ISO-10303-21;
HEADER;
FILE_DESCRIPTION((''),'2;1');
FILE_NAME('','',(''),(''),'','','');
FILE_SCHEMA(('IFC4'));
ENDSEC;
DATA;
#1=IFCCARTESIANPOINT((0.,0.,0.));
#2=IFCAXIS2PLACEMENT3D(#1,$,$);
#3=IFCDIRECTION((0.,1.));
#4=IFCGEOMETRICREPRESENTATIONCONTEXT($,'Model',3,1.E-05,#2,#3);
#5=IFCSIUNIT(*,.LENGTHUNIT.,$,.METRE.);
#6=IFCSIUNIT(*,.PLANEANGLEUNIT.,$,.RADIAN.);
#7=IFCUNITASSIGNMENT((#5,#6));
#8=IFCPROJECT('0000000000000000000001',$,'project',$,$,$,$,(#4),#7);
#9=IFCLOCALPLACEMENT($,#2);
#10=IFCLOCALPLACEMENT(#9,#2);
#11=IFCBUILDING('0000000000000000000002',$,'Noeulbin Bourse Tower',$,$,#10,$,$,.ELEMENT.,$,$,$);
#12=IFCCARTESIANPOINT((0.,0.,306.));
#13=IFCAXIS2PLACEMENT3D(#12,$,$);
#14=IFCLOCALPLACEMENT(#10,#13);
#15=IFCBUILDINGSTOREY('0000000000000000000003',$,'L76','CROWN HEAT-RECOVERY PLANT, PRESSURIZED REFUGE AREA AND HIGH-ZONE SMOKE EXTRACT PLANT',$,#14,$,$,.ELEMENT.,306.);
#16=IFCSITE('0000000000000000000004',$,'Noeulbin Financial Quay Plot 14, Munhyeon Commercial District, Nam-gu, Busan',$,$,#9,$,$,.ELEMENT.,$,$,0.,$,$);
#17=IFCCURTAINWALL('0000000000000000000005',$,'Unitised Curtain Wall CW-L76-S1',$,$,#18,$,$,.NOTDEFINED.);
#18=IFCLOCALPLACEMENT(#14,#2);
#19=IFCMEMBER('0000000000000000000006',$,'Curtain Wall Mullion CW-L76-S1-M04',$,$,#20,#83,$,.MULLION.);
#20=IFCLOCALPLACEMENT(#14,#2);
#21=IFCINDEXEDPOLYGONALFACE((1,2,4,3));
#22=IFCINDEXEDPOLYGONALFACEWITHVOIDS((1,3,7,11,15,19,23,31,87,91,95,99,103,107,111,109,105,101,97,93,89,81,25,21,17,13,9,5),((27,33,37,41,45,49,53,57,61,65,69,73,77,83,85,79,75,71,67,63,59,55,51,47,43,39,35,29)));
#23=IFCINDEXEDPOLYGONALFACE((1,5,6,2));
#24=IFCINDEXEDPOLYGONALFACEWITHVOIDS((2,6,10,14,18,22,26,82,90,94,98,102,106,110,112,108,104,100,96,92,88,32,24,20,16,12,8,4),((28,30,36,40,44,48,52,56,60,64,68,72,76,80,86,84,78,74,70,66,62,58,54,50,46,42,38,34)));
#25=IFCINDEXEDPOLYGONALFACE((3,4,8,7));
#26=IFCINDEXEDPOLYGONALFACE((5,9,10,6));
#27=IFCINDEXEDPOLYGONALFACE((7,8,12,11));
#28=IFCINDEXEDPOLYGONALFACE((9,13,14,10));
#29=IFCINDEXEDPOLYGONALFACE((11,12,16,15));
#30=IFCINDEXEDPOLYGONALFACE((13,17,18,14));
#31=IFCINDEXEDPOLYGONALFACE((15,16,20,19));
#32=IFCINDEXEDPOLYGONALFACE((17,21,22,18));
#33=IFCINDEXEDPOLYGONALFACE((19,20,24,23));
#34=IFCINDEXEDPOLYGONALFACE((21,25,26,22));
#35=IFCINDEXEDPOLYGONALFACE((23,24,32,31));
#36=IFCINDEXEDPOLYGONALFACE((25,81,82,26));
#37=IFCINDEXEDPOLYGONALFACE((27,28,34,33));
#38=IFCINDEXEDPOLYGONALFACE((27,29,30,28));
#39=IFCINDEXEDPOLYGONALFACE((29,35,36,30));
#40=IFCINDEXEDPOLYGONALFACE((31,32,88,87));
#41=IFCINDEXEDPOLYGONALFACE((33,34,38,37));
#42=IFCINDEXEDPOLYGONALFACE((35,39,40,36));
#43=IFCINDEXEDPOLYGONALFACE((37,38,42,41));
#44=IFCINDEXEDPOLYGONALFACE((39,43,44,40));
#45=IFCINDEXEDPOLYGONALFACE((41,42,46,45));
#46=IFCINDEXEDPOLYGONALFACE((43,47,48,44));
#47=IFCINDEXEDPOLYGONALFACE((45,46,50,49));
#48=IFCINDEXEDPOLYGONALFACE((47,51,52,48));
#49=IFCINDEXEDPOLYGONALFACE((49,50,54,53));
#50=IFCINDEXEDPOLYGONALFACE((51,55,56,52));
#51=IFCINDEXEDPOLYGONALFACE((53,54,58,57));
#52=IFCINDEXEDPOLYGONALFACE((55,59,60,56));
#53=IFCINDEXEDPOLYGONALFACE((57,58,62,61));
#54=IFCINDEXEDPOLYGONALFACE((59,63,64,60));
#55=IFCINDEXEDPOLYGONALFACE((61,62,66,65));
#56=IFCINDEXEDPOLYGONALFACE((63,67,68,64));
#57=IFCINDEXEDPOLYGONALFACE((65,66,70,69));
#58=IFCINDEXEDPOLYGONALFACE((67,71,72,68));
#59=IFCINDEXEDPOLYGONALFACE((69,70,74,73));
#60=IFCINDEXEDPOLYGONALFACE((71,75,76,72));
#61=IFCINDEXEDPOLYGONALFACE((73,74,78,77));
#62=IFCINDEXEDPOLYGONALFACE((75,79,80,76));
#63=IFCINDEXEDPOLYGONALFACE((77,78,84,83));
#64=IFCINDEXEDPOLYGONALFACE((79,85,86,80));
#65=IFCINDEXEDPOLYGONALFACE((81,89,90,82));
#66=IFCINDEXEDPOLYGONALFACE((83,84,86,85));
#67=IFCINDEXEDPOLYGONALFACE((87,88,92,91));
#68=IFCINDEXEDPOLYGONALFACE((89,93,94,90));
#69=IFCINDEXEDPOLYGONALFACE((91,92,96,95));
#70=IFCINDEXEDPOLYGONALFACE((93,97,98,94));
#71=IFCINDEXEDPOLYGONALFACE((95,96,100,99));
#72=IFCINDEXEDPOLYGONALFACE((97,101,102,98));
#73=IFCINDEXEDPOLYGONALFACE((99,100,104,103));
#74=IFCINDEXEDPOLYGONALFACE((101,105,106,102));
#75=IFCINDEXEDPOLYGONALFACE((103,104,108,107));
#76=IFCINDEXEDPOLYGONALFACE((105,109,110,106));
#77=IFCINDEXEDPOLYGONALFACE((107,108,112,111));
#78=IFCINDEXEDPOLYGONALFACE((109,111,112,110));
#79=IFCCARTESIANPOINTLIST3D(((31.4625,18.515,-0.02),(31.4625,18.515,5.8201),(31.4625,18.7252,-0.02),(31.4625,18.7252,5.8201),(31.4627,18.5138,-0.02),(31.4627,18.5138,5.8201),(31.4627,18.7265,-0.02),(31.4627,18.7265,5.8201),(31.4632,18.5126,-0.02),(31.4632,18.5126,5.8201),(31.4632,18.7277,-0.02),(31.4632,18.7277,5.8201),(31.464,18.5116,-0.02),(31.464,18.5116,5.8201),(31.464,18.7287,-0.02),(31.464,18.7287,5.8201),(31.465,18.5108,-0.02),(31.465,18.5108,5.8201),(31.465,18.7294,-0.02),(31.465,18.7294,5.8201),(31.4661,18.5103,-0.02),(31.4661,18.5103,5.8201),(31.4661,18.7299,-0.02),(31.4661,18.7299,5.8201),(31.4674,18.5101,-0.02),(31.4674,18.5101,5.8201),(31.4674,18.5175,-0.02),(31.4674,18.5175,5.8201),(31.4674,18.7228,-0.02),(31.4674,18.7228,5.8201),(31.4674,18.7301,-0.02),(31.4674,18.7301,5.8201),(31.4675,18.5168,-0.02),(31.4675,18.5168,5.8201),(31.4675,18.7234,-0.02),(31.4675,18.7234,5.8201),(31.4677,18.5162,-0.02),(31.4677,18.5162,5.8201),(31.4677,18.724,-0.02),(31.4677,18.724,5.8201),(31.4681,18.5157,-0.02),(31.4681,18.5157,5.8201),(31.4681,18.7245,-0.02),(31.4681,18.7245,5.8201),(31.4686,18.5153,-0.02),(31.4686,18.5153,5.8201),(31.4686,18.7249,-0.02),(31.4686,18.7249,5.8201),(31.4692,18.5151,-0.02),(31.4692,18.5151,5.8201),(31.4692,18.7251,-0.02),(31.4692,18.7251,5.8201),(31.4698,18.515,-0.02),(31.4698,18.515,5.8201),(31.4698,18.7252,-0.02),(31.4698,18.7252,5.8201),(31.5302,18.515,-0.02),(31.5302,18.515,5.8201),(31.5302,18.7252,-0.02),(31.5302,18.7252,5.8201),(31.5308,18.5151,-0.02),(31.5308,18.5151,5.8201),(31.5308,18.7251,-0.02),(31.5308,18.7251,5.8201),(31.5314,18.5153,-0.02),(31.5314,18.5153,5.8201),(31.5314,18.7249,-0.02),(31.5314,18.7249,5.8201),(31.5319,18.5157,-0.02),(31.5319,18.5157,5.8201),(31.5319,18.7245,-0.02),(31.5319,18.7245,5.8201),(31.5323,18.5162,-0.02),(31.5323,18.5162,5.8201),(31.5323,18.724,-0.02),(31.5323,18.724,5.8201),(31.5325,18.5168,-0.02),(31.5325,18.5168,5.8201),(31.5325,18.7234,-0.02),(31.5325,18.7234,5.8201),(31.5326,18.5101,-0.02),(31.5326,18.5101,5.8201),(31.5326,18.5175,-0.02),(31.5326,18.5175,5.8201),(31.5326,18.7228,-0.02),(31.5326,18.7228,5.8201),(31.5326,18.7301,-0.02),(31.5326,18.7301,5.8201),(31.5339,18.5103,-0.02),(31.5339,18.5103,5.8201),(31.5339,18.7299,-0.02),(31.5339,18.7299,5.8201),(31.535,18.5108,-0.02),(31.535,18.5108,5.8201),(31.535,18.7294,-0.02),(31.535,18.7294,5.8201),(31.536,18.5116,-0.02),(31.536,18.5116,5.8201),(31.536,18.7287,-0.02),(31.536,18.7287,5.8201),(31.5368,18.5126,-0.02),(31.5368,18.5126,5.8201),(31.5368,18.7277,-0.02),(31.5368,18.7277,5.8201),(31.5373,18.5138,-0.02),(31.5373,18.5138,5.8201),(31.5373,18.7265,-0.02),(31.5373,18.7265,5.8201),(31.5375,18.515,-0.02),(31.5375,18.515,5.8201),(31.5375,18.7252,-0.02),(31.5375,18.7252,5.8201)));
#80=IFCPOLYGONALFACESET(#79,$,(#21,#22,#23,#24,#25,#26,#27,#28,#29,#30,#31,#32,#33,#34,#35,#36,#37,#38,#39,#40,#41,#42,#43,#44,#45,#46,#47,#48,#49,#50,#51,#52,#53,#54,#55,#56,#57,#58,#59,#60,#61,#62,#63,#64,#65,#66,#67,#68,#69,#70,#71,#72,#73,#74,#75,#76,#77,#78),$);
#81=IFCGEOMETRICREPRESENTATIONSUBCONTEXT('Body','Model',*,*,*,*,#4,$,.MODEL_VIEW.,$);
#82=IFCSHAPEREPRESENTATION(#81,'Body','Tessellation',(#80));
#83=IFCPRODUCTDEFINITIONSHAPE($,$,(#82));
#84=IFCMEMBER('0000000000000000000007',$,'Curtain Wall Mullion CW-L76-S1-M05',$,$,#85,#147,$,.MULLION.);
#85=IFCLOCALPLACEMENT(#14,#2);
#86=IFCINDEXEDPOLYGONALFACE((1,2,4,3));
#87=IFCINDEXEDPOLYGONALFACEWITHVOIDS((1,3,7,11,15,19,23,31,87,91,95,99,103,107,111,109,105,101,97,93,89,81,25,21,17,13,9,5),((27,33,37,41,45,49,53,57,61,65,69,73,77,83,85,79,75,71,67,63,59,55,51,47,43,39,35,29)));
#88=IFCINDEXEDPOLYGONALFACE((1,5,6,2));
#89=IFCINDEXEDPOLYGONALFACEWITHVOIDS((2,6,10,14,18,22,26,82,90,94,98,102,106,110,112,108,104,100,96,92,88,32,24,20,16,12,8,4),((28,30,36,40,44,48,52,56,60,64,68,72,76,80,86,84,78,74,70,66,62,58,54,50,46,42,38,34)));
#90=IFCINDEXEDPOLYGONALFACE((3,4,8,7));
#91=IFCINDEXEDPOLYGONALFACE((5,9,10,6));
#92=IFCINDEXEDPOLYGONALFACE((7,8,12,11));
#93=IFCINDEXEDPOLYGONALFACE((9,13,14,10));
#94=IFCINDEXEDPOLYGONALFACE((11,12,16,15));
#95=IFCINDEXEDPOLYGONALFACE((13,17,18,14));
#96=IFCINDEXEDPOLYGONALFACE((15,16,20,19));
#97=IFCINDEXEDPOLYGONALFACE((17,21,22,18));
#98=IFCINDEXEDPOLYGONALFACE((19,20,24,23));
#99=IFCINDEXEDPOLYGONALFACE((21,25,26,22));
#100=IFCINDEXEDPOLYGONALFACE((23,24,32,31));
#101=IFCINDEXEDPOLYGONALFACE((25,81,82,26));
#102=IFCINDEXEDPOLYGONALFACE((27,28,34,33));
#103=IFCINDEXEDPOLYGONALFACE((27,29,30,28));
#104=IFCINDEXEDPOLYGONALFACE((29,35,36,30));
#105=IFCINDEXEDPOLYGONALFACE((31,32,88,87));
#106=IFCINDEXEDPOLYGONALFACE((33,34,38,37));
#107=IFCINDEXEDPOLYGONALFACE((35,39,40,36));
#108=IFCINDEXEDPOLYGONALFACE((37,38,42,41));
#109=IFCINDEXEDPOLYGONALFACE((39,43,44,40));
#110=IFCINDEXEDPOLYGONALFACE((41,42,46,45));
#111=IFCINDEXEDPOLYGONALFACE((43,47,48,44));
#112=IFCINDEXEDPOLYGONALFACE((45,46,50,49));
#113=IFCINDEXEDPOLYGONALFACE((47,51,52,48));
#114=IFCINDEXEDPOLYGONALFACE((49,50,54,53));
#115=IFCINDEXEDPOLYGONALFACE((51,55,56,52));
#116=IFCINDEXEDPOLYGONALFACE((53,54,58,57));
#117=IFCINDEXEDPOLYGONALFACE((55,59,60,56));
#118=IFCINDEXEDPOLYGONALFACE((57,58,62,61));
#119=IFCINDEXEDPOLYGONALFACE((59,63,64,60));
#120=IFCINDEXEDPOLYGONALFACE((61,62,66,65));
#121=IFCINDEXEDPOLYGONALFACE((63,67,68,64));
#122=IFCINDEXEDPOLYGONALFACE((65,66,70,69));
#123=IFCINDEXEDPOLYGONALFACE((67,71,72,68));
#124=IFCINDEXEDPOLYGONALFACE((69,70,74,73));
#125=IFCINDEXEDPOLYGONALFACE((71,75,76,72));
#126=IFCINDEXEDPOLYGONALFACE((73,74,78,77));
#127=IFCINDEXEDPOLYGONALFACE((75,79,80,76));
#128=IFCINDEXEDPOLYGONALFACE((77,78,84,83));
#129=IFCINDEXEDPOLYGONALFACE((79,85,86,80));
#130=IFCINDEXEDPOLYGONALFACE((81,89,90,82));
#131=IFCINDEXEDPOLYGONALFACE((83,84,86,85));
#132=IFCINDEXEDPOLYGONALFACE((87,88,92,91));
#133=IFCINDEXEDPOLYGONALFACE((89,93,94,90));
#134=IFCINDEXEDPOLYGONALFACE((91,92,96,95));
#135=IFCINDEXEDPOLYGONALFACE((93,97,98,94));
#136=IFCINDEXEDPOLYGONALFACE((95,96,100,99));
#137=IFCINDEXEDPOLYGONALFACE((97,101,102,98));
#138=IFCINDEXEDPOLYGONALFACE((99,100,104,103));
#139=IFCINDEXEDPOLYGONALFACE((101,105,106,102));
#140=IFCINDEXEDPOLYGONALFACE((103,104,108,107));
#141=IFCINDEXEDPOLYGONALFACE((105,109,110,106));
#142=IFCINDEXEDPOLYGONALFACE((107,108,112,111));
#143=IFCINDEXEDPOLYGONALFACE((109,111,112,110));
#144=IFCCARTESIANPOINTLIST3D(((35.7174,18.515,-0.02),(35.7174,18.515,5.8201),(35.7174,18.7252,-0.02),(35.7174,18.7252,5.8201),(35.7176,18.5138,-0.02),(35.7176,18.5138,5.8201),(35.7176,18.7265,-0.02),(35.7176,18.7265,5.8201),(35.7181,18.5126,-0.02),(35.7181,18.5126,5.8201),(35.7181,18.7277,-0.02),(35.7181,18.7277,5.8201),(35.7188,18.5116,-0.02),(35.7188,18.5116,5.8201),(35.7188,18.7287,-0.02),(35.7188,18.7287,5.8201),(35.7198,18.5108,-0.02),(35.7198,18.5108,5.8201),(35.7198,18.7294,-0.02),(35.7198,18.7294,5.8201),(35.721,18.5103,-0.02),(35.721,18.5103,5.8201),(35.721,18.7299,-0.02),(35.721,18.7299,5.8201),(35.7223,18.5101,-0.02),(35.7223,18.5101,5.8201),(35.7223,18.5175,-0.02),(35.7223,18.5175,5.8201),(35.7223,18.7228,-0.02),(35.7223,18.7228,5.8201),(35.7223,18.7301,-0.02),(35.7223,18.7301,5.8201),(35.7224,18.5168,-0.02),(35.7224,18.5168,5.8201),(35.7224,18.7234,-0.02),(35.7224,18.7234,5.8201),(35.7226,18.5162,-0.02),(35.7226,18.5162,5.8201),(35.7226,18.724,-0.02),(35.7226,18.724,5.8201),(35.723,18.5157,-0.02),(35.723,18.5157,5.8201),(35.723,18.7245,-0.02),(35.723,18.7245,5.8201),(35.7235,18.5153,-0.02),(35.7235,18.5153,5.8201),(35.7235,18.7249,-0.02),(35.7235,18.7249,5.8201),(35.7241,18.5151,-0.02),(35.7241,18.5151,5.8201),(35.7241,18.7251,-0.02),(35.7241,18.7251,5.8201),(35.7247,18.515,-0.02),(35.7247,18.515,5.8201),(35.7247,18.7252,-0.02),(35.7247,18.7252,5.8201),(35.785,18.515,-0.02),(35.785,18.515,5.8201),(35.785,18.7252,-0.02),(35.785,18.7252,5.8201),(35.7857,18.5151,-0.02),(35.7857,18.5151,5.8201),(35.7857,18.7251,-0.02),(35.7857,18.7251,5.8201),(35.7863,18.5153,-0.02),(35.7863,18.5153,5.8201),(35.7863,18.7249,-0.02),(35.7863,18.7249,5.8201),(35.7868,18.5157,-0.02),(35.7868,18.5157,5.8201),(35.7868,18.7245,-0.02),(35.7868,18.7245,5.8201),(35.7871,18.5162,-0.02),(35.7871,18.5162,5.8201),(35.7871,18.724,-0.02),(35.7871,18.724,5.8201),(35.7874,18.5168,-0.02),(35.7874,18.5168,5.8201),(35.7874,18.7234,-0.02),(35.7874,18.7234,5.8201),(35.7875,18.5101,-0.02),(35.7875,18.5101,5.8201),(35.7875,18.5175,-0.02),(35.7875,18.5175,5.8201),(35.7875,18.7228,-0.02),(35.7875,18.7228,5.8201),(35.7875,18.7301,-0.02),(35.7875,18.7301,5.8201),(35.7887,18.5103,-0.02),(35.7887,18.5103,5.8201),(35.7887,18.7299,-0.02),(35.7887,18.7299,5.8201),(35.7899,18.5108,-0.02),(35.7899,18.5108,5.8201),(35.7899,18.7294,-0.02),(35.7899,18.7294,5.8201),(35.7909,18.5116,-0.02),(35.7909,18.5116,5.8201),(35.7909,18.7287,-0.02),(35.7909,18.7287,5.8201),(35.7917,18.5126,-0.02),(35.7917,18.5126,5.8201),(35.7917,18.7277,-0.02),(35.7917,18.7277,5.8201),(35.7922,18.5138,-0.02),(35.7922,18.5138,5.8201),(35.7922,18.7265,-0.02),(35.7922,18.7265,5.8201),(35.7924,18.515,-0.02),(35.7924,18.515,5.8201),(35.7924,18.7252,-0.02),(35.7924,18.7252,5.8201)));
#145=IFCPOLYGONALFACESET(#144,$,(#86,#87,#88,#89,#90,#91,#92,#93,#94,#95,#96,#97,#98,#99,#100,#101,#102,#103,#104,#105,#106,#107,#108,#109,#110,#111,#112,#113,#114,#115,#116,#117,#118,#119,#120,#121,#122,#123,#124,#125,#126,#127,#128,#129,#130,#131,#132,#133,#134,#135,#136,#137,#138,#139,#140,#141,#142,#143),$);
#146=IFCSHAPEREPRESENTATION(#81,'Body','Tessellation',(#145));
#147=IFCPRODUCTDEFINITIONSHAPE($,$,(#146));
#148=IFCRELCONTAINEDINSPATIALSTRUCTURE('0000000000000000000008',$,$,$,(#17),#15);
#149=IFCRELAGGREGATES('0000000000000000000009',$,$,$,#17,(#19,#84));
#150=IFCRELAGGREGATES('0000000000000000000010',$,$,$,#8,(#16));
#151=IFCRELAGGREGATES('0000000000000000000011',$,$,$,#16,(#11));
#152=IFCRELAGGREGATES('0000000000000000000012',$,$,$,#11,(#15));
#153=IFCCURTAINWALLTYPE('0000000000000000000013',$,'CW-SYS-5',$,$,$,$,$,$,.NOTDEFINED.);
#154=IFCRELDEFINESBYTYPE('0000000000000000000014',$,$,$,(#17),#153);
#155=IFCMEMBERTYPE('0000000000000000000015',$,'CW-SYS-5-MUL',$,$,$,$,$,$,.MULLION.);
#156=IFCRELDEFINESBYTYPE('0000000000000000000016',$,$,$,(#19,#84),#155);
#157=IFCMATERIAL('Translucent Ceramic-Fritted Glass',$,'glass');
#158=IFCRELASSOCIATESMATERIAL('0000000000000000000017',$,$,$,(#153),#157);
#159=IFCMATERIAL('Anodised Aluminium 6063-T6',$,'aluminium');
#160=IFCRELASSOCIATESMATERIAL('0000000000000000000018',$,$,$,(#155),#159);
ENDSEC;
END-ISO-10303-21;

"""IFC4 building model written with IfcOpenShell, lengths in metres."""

from ifc_helpers import new_model, si_unit, direction, frame, origin, origin_2d, place, context, subcontext, project, spatial, hollow_rectangle, extrude, material, material_profile, profile_set, type_object, element, aggregate, save


model = new_model("IFC4")

# Units and contexts
model_context = context("Model", 3, precision=1e-05, world=origin(), true_north=direction((0.0, 1.0)))
body_context = subcontext(model_context, "Body", "Model", "MODEL_VIEW")
ifc_project = project(units=[si_unit("LENGTHUNIT", "METRE"), si_unit("PLANEANGLEUNIT", "RADIAN")], contexts=[model_context])

# Site, building, storey
site_placement = place(None, origin())
site = spatial("IfcSite", under=ifc_project, at=site_placement, Name="Noeulbin Financial Quay Plot 14, Munhyeon Commercial District, Nam-gu, Busan", CompositionType="ELEMENT", RefElevation=0.0)
building_placement = place(site_placement, origin())
building = spatial("IfcBuilding", under=site, at=building_placement, Name="Noeulbin Bourse Tower", CompositionType="ELEMENT")
storey_placement = place(building_placement, frame((0.0, 0.0, 306.0)))
storey = spatial("IfcBuildingStorey", under=building, at=storey_placement, Name="L76", Description="CROWN HEAT-RECOVERY PLANT, PRESSURIZED REFUGE AREA AND HIGH-ZONE SMOKE EXTRACT PLANT", CompositionType="ELEMENT", Elevation=306.0)

# Curtain wall, members
ifc_material_1 = material(Name="Translucent Ceramic-Fritted Glass", Category="glass")
curtain_wall_type = type_object("IfcCurtainWallType", Name="CW-SYS-5", PredefinedType="NOTDEFINED", material=ifc_material_1)
curtain_wall_placement = place(storey_placement, origin())
curtain_wall = element("IfcCurtainWall", 1, at=curtain_wall_placement, inside=storey, type_object=curtain_wall_type, Name="Unitised Curtain Wall CW-L76-S1", PredefinedType="NOTDEFINED")
ifc_material_2 = material(Name="Anodised Aluminium 6063-T6", Category="aluminium")
ifc_material_profile_1 = material_profile(ifc_material_2, hollow_rectangle(XDim=0.075, YDim=0.22, WallThickness=0.0049, InnerFilletRadius=0.0024, OuterFilletRadius=0.0049, at=origin_2d()), Name="ALU-MULL-75x220x5", Category="LoadBearing")
ifc_profile_set_1 = profile_set([ifc_material_profile_1], Name="Anodised Aluminium 6063-T6")
member_type = type_object("IfcMemberType", Name="CW-SYS-5-MUL", PredefinedType="MULLION", material=ifc_profile_set_1)
member_1_placement = place(storey_placement, frame((31.5, 18.6201, -0.02), z_axis=(0.0, 0.0, 1.0), x_axis=(1.0, 0.0, 0.0)))
member_1 = element("IfcMember", 2, at=member_1_placement, type_object=member_type, Name="Curtain Wall Mullion CW-L76-S1-M04", PredefinedType="MULLION", context=body_context, shape_type="SweptSolid", body=[
    extrude(hollow_rectangle(XDim=0.075, YDim=0.22, WallThickness=0.0049, InnerFilletRadius=0.0024, OuterFilletRadius=0.0049, at=origin_2d()), origin(), (0.0, 0.0, 1.0), 5.8401),
])
member_2_placement = place(storey_placement, frame((35.7549, 18.6201, -0.02), z_axis=(0.0, 0.0, 1.0), x_axis=(1.0, 0.0, 0.0)))
member_2 = element("IfcMember", 3, at=member_2_placement, type_object=member_type, Name="Curtain Wall Mullion CW-L76-S1-M05", PredefinedType="MULLION", context=body_context, shape_type="SweptSolid", body=[
    extrude(hollow_rectangle(XDim=0.075, YDim=0.22, WallThickness=0.0049, InnerFilletRadius=0.0024, OuterFilletRadius=0.0049, at=origin_2d()), origin(), (0.0, 0.0, 1.0), 5.8401),
])
aggregate(curtain_wall, [member_1, member_2])

save(model, "model.ifc")
